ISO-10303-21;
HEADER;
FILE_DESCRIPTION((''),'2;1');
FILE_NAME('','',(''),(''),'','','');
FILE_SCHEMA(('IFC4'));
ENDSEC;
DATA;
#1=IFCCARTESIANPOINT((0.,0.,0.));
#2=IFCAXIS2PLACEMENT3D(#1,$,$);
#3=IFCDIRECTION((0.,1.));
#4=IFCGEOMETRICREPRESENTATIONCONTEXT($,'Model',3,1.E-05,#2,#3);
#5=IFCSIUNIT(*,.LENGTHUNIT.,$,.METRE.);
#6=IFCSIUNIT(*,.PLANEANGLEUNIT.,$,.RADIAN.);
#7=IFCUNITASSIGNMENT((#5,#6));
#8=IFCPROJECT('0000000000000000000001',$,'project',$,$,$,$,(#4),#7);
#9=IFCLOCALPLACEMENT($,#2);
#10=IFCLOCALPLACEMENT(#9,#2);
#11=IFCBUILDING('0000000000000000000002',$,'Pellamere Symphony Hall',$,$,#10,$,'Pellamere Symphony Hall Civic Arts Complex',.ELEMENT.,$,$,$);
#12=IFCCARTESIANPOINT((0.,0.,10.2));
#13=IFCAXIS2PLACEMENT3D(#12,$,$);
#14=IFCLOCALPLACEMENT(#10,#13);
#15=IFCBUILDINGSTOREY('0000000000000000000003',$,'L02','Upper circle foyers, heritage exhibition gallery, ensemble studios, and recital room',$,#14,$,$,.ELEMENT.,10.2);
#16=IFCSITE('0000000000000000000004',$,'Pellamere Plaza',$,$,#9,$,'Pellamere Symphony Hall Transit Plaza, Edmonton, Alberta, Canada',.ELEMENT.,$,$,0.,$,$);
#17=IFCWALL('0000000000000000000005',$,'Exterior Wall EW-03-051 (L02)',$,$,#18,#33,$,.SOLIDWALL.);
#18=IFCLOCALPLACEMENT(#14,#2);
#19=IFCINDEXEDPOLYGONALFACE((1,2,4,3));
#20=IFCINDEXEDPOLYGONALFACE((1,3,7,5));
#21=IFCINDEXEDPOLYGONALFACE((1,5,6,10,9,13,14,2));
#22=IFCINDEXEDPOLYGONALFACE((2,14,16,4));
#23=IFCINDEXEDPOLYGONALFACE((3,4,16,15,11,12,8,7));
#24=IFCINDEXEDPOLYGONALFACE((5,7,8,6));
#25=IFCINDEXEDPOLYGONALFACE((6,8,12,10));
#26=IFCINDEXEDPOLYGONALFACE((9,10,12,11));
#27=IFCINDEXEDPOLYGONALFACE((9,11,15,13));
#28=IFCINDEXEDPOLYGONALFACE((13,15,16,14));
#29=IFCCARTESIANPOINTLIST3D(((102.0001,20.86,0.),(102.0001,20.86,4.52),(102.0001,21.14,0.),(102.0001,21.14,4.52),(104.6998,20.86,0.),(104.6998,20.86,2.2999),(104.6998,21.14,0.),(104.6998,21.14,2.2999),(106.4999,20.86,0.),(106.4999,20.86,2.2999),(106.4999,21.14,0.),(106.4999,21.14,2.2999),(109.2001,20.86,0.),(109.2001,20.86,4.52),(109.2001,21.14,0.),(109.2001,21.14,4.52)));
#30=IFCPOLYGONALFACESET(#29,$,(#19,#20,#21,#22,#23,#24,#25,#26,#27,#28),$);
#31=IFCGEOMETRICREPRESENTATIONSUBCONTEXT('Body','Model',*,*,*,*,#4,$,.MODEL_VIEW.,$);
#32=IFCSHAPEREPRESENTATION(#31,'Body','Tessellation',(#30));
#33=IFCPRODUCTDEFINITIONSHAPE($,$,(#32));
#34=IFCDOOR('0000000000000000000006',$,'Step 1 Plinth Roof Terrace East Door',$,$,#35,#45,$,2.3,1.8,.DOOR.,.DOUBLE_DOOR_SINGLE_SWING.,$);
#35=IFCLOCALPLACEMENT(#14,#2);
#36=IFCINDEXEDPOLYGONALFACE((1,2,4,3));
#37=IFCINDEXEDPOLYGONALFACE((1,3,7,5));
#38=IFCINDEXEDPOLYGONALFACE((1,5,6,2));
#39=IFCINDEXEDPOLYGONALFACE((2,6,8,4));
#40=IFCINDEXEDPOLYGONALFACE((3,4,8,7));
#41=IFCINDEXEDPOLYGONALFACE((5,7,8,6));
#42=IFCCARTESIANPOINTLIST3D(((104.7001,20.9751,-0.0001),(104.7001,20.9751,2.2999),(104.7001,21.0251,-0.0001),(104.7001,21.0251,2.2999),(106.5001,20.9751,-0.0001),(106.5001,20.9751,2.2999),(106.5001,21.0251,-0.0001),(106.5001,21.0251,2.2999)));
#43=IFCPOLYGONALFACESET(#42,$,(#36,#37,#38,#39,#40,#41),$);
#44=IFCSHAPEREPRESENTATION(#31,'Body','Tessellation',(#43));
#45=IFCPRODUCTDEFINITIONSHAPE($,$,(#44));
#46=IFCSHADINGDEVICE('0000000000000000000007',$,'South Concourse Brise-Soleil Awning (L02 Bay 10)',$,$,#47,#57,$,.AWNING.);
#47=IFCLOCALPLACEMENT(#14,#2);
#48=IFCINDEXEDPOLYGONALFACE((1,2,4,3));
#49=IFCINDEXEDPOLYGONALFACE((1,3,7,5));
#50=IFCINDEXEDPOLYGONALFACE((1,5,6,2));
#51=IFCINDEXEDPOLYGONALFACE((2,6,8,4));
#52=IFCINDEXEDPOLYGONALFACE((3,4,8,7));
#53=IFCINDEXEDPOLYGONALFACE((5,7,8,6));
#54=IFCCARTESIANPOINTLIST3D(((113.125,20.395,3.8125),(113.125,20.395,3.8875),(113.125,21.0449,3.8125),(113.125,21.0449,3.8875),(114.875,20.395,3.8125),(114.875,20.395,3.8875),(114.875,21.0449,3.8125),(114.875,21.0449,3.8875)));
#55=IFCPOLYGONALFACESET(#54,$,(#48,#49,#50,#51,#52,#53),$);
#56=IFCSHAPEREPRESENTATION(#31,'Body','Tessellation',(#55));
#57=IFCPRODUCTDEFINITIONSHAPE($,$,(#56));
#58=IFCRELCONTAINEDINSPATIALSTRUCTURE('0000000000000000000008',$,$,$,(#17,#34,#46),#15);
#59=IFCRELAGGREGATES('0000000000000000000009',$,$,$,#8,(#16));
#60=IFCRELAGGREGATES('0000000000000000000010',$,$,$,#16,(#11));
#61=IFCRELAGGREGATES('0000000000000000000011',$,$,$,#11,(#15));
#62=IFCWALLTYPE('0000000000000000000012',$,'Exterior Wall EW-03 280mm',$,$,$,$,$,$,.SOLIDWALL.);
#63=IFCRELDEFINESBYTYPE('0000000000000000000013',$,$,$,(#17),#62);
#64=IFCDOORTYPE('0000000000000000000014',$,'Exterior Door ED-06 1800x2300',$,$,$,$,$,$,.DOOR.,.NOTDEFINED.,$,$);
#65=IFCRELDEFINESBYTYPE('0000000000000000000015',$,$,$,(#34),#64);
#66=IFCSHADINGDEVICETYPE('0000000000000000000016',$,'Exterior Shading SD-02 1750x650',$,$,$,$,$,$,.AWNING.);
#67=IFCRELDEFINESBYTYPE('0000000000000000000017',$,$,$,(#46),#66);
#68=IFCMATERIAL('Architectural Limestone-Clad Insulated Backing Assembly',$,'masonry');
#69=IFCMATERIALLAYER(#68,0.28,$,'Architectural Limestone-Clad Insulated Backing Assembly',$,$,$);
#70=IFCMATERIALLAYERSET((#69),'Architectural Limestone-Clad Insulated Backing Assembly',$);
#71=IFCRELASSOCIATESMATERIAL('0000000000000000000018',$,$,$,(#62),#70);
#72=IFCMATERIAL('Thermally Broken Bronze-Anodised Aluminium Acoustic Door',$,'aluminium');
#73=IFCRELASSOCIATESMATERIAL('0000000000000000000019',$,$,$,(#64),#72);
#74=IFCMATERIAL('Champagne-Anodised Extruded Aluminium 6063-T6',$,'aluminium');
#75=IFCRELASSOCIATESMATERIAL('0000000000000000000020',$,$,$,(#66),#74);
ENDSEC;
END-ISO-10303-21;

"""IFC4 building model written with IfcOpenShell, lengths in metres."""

from ifc_helpers import new_model, si_unit, direction, frame, frame_2d, origin, origin_2d, place, context, subcontext, project, spatial, rectangle, extrude, material, layer, layer_set, type_object, element, fill, save


model = new_model("IFC4")

# Units and contexts
model_context = context("Model", 3, precision=1e-05, world=origin(), true_north=direction((0.0, 1.0)))
body_context = subcontext(model_context, "Body", "Model", "MODEL_VIEW")
ifc_project = project(units=[si_unit("LENGTHUNIT", "METRE"), si_unit("PLANEANGLEUNIT", "RADIAN")], contexts=[model_context])

# Site, building, storey
site_placement = place(None, origin())
site = spatial("IfcSite", under=ifc_project, at=site_placement, Name="Pellamere Plaza", LongName="Pellamere Symphony Hall Transit Plaza, Edmonton, Alberta, Canada", CompositionType="ELEMENT", RefElevation=0.0)
building_placement = place(site_placement, origin())
building = spatial("IfcBuilding", under=site, at=building_placement, Name="Pellamere Symphony Hall", LongName="Pellamere Symphony Hall Civic Arts Complex", CompositionType="ELEMENT")
storey_placement = place(building_placement, frame((0.0, 0.0, 10.2)))
storey = spatial("IfcBuildingStorey", under=building, at=storey_placement, Name="L02", Description="Upper circle foyers, heritage exhibition gallery, ensemble studios, and recital room", CompositionType="ELEMENT", Elevation=10.2)

# Wall, opening, door
ifc_material_1 = material(Name="Architectural Limestone-Clad Insulated Backing Assembly", Category="masonry")
ifc_layer_1 = layer(ifc_material_1, 0.28, Name="Architectural Limestone-Clad Insulated Backing Assembly")
ifc_layer_set_1 = layer_set([ifc_layer_1], Name="Architectural Limestone-Clad Insulated Backing Assembly")
wall_type = type_object("IfcWallType", Name="Exterior Wall EW-03 280mm", PredefinedType="SOLIDWALL", material=ifc_layer_set_1)
wall_placement = place(storey_placement, frame((102.0, 21.0, 0.0), z_axis=(0.0, 0.0, 1.0), x_axis=(1.0, 0.0, 0.0)))
wall = element("IfcWall", 1, at=wall_placement, inside=storey, type_object=wall_type, Name="Exterior Wall EW-03-051 (L02)", PredefinedType="SOLIDWALL", context=body_context, shape_type="SweptSolid", body=[
    extrude(rectangle(XDim=7.2, YDim=0.28, at=frame_2d((3.6001, 0.0))), origin(), (0.0, 0.0, 1.0), 4.52),
])
opening_placement = place(wall_placement, frame((2.7, 0.0, 0.0)))
opening = element("IfcOpeningElement", 2, at=opening_placement, cuts=wall, PredefinedType="OPENING", context=body_context, shape_type="SweptSolid", body=[
    extrude(rectangle(XDim=1.8, YDim=2.3, at=frame_2d((0.8999, 1.1499))), frame((0.0, 0.1499, 0.0), z_axis=(0.0, -1.0, 0.0), x_axis=(1.0, 0.0, 0.0)), (0.0, 0.0, 1.0), 0.3),
])
ifc_material_2 = material(Name="Thermally Broken Bronze-Anodised Aluminium Acoustic Door", Category="aluminium")
door_type = type_object("IfcDoorType", Name="Exterior Door ED-06 1800x2300", OperationType="NOTDEFINED", PredefinedType="DOOR", material=ifc_material_2)
door_placement = place(opening_placement, frame((1.8, 0.0, 0.0), z_axis=(0.0, 0.0, 1.0), x_axis=(-1.0, 0.0, 0.0)))
door = element("IfcDoor", 3, at=door_placement, inside=storey, type_object=door_type, Name="Step 1 Plinth Roof Terrace East Door", OperationType="DOUBLE_DOOR_SINGLE_SWING", OverallHeight=2.3, OverallWidth=1.8, PredefinedType="DOOR", context=body_context, shape_type="SweptSolid", body=[
    extrude(rectangle(XDim=1.8, YDim=2.3, at=frame_2d((0.8999, 1.1499))), frame((0.0, 0.0249, 0.0), z_axis=(0.0, -1.0, 0.0), x_axis=(1.0, 0.0, 0.0)), (0.0, 0.0, 1.0), 0.05),
])
fill(opening, door)

# Shading device
ifc_material_3 = material(Name="Champagne-Anodised Extruded Aluminium 6063-T6", Category="aluminium")
shading_device_type = type_object("IfcShadingDeviceType", Name="Exterior Shading SD-02 1750x650", PredefinedType="AWNING", material=ifc_material_3)
shading_device_placement = place(storey_placement, frame((114.0, 20.72, 3.8125), z_axis=(0.0, 0.0, 1.0), x_axis=(1.0, 0.0, 0.0)))
element("IfcShadingDevice", 4, at=shading_device_placement, inside=storey, type_object=shading_device_type, Name="South Concourse Brise-Soleil Awning (L02 Bay 10)", PredefinedType="AWNING", context=body_context, shape_type="SweptSolid", body=[
    extrude(rectangle(XDim=1.75, YDim=0.6499, at=origin_2d()), origin(), (0.0, 0.0, 1.0), 0.075),
])

save(model, "model.ifc")
